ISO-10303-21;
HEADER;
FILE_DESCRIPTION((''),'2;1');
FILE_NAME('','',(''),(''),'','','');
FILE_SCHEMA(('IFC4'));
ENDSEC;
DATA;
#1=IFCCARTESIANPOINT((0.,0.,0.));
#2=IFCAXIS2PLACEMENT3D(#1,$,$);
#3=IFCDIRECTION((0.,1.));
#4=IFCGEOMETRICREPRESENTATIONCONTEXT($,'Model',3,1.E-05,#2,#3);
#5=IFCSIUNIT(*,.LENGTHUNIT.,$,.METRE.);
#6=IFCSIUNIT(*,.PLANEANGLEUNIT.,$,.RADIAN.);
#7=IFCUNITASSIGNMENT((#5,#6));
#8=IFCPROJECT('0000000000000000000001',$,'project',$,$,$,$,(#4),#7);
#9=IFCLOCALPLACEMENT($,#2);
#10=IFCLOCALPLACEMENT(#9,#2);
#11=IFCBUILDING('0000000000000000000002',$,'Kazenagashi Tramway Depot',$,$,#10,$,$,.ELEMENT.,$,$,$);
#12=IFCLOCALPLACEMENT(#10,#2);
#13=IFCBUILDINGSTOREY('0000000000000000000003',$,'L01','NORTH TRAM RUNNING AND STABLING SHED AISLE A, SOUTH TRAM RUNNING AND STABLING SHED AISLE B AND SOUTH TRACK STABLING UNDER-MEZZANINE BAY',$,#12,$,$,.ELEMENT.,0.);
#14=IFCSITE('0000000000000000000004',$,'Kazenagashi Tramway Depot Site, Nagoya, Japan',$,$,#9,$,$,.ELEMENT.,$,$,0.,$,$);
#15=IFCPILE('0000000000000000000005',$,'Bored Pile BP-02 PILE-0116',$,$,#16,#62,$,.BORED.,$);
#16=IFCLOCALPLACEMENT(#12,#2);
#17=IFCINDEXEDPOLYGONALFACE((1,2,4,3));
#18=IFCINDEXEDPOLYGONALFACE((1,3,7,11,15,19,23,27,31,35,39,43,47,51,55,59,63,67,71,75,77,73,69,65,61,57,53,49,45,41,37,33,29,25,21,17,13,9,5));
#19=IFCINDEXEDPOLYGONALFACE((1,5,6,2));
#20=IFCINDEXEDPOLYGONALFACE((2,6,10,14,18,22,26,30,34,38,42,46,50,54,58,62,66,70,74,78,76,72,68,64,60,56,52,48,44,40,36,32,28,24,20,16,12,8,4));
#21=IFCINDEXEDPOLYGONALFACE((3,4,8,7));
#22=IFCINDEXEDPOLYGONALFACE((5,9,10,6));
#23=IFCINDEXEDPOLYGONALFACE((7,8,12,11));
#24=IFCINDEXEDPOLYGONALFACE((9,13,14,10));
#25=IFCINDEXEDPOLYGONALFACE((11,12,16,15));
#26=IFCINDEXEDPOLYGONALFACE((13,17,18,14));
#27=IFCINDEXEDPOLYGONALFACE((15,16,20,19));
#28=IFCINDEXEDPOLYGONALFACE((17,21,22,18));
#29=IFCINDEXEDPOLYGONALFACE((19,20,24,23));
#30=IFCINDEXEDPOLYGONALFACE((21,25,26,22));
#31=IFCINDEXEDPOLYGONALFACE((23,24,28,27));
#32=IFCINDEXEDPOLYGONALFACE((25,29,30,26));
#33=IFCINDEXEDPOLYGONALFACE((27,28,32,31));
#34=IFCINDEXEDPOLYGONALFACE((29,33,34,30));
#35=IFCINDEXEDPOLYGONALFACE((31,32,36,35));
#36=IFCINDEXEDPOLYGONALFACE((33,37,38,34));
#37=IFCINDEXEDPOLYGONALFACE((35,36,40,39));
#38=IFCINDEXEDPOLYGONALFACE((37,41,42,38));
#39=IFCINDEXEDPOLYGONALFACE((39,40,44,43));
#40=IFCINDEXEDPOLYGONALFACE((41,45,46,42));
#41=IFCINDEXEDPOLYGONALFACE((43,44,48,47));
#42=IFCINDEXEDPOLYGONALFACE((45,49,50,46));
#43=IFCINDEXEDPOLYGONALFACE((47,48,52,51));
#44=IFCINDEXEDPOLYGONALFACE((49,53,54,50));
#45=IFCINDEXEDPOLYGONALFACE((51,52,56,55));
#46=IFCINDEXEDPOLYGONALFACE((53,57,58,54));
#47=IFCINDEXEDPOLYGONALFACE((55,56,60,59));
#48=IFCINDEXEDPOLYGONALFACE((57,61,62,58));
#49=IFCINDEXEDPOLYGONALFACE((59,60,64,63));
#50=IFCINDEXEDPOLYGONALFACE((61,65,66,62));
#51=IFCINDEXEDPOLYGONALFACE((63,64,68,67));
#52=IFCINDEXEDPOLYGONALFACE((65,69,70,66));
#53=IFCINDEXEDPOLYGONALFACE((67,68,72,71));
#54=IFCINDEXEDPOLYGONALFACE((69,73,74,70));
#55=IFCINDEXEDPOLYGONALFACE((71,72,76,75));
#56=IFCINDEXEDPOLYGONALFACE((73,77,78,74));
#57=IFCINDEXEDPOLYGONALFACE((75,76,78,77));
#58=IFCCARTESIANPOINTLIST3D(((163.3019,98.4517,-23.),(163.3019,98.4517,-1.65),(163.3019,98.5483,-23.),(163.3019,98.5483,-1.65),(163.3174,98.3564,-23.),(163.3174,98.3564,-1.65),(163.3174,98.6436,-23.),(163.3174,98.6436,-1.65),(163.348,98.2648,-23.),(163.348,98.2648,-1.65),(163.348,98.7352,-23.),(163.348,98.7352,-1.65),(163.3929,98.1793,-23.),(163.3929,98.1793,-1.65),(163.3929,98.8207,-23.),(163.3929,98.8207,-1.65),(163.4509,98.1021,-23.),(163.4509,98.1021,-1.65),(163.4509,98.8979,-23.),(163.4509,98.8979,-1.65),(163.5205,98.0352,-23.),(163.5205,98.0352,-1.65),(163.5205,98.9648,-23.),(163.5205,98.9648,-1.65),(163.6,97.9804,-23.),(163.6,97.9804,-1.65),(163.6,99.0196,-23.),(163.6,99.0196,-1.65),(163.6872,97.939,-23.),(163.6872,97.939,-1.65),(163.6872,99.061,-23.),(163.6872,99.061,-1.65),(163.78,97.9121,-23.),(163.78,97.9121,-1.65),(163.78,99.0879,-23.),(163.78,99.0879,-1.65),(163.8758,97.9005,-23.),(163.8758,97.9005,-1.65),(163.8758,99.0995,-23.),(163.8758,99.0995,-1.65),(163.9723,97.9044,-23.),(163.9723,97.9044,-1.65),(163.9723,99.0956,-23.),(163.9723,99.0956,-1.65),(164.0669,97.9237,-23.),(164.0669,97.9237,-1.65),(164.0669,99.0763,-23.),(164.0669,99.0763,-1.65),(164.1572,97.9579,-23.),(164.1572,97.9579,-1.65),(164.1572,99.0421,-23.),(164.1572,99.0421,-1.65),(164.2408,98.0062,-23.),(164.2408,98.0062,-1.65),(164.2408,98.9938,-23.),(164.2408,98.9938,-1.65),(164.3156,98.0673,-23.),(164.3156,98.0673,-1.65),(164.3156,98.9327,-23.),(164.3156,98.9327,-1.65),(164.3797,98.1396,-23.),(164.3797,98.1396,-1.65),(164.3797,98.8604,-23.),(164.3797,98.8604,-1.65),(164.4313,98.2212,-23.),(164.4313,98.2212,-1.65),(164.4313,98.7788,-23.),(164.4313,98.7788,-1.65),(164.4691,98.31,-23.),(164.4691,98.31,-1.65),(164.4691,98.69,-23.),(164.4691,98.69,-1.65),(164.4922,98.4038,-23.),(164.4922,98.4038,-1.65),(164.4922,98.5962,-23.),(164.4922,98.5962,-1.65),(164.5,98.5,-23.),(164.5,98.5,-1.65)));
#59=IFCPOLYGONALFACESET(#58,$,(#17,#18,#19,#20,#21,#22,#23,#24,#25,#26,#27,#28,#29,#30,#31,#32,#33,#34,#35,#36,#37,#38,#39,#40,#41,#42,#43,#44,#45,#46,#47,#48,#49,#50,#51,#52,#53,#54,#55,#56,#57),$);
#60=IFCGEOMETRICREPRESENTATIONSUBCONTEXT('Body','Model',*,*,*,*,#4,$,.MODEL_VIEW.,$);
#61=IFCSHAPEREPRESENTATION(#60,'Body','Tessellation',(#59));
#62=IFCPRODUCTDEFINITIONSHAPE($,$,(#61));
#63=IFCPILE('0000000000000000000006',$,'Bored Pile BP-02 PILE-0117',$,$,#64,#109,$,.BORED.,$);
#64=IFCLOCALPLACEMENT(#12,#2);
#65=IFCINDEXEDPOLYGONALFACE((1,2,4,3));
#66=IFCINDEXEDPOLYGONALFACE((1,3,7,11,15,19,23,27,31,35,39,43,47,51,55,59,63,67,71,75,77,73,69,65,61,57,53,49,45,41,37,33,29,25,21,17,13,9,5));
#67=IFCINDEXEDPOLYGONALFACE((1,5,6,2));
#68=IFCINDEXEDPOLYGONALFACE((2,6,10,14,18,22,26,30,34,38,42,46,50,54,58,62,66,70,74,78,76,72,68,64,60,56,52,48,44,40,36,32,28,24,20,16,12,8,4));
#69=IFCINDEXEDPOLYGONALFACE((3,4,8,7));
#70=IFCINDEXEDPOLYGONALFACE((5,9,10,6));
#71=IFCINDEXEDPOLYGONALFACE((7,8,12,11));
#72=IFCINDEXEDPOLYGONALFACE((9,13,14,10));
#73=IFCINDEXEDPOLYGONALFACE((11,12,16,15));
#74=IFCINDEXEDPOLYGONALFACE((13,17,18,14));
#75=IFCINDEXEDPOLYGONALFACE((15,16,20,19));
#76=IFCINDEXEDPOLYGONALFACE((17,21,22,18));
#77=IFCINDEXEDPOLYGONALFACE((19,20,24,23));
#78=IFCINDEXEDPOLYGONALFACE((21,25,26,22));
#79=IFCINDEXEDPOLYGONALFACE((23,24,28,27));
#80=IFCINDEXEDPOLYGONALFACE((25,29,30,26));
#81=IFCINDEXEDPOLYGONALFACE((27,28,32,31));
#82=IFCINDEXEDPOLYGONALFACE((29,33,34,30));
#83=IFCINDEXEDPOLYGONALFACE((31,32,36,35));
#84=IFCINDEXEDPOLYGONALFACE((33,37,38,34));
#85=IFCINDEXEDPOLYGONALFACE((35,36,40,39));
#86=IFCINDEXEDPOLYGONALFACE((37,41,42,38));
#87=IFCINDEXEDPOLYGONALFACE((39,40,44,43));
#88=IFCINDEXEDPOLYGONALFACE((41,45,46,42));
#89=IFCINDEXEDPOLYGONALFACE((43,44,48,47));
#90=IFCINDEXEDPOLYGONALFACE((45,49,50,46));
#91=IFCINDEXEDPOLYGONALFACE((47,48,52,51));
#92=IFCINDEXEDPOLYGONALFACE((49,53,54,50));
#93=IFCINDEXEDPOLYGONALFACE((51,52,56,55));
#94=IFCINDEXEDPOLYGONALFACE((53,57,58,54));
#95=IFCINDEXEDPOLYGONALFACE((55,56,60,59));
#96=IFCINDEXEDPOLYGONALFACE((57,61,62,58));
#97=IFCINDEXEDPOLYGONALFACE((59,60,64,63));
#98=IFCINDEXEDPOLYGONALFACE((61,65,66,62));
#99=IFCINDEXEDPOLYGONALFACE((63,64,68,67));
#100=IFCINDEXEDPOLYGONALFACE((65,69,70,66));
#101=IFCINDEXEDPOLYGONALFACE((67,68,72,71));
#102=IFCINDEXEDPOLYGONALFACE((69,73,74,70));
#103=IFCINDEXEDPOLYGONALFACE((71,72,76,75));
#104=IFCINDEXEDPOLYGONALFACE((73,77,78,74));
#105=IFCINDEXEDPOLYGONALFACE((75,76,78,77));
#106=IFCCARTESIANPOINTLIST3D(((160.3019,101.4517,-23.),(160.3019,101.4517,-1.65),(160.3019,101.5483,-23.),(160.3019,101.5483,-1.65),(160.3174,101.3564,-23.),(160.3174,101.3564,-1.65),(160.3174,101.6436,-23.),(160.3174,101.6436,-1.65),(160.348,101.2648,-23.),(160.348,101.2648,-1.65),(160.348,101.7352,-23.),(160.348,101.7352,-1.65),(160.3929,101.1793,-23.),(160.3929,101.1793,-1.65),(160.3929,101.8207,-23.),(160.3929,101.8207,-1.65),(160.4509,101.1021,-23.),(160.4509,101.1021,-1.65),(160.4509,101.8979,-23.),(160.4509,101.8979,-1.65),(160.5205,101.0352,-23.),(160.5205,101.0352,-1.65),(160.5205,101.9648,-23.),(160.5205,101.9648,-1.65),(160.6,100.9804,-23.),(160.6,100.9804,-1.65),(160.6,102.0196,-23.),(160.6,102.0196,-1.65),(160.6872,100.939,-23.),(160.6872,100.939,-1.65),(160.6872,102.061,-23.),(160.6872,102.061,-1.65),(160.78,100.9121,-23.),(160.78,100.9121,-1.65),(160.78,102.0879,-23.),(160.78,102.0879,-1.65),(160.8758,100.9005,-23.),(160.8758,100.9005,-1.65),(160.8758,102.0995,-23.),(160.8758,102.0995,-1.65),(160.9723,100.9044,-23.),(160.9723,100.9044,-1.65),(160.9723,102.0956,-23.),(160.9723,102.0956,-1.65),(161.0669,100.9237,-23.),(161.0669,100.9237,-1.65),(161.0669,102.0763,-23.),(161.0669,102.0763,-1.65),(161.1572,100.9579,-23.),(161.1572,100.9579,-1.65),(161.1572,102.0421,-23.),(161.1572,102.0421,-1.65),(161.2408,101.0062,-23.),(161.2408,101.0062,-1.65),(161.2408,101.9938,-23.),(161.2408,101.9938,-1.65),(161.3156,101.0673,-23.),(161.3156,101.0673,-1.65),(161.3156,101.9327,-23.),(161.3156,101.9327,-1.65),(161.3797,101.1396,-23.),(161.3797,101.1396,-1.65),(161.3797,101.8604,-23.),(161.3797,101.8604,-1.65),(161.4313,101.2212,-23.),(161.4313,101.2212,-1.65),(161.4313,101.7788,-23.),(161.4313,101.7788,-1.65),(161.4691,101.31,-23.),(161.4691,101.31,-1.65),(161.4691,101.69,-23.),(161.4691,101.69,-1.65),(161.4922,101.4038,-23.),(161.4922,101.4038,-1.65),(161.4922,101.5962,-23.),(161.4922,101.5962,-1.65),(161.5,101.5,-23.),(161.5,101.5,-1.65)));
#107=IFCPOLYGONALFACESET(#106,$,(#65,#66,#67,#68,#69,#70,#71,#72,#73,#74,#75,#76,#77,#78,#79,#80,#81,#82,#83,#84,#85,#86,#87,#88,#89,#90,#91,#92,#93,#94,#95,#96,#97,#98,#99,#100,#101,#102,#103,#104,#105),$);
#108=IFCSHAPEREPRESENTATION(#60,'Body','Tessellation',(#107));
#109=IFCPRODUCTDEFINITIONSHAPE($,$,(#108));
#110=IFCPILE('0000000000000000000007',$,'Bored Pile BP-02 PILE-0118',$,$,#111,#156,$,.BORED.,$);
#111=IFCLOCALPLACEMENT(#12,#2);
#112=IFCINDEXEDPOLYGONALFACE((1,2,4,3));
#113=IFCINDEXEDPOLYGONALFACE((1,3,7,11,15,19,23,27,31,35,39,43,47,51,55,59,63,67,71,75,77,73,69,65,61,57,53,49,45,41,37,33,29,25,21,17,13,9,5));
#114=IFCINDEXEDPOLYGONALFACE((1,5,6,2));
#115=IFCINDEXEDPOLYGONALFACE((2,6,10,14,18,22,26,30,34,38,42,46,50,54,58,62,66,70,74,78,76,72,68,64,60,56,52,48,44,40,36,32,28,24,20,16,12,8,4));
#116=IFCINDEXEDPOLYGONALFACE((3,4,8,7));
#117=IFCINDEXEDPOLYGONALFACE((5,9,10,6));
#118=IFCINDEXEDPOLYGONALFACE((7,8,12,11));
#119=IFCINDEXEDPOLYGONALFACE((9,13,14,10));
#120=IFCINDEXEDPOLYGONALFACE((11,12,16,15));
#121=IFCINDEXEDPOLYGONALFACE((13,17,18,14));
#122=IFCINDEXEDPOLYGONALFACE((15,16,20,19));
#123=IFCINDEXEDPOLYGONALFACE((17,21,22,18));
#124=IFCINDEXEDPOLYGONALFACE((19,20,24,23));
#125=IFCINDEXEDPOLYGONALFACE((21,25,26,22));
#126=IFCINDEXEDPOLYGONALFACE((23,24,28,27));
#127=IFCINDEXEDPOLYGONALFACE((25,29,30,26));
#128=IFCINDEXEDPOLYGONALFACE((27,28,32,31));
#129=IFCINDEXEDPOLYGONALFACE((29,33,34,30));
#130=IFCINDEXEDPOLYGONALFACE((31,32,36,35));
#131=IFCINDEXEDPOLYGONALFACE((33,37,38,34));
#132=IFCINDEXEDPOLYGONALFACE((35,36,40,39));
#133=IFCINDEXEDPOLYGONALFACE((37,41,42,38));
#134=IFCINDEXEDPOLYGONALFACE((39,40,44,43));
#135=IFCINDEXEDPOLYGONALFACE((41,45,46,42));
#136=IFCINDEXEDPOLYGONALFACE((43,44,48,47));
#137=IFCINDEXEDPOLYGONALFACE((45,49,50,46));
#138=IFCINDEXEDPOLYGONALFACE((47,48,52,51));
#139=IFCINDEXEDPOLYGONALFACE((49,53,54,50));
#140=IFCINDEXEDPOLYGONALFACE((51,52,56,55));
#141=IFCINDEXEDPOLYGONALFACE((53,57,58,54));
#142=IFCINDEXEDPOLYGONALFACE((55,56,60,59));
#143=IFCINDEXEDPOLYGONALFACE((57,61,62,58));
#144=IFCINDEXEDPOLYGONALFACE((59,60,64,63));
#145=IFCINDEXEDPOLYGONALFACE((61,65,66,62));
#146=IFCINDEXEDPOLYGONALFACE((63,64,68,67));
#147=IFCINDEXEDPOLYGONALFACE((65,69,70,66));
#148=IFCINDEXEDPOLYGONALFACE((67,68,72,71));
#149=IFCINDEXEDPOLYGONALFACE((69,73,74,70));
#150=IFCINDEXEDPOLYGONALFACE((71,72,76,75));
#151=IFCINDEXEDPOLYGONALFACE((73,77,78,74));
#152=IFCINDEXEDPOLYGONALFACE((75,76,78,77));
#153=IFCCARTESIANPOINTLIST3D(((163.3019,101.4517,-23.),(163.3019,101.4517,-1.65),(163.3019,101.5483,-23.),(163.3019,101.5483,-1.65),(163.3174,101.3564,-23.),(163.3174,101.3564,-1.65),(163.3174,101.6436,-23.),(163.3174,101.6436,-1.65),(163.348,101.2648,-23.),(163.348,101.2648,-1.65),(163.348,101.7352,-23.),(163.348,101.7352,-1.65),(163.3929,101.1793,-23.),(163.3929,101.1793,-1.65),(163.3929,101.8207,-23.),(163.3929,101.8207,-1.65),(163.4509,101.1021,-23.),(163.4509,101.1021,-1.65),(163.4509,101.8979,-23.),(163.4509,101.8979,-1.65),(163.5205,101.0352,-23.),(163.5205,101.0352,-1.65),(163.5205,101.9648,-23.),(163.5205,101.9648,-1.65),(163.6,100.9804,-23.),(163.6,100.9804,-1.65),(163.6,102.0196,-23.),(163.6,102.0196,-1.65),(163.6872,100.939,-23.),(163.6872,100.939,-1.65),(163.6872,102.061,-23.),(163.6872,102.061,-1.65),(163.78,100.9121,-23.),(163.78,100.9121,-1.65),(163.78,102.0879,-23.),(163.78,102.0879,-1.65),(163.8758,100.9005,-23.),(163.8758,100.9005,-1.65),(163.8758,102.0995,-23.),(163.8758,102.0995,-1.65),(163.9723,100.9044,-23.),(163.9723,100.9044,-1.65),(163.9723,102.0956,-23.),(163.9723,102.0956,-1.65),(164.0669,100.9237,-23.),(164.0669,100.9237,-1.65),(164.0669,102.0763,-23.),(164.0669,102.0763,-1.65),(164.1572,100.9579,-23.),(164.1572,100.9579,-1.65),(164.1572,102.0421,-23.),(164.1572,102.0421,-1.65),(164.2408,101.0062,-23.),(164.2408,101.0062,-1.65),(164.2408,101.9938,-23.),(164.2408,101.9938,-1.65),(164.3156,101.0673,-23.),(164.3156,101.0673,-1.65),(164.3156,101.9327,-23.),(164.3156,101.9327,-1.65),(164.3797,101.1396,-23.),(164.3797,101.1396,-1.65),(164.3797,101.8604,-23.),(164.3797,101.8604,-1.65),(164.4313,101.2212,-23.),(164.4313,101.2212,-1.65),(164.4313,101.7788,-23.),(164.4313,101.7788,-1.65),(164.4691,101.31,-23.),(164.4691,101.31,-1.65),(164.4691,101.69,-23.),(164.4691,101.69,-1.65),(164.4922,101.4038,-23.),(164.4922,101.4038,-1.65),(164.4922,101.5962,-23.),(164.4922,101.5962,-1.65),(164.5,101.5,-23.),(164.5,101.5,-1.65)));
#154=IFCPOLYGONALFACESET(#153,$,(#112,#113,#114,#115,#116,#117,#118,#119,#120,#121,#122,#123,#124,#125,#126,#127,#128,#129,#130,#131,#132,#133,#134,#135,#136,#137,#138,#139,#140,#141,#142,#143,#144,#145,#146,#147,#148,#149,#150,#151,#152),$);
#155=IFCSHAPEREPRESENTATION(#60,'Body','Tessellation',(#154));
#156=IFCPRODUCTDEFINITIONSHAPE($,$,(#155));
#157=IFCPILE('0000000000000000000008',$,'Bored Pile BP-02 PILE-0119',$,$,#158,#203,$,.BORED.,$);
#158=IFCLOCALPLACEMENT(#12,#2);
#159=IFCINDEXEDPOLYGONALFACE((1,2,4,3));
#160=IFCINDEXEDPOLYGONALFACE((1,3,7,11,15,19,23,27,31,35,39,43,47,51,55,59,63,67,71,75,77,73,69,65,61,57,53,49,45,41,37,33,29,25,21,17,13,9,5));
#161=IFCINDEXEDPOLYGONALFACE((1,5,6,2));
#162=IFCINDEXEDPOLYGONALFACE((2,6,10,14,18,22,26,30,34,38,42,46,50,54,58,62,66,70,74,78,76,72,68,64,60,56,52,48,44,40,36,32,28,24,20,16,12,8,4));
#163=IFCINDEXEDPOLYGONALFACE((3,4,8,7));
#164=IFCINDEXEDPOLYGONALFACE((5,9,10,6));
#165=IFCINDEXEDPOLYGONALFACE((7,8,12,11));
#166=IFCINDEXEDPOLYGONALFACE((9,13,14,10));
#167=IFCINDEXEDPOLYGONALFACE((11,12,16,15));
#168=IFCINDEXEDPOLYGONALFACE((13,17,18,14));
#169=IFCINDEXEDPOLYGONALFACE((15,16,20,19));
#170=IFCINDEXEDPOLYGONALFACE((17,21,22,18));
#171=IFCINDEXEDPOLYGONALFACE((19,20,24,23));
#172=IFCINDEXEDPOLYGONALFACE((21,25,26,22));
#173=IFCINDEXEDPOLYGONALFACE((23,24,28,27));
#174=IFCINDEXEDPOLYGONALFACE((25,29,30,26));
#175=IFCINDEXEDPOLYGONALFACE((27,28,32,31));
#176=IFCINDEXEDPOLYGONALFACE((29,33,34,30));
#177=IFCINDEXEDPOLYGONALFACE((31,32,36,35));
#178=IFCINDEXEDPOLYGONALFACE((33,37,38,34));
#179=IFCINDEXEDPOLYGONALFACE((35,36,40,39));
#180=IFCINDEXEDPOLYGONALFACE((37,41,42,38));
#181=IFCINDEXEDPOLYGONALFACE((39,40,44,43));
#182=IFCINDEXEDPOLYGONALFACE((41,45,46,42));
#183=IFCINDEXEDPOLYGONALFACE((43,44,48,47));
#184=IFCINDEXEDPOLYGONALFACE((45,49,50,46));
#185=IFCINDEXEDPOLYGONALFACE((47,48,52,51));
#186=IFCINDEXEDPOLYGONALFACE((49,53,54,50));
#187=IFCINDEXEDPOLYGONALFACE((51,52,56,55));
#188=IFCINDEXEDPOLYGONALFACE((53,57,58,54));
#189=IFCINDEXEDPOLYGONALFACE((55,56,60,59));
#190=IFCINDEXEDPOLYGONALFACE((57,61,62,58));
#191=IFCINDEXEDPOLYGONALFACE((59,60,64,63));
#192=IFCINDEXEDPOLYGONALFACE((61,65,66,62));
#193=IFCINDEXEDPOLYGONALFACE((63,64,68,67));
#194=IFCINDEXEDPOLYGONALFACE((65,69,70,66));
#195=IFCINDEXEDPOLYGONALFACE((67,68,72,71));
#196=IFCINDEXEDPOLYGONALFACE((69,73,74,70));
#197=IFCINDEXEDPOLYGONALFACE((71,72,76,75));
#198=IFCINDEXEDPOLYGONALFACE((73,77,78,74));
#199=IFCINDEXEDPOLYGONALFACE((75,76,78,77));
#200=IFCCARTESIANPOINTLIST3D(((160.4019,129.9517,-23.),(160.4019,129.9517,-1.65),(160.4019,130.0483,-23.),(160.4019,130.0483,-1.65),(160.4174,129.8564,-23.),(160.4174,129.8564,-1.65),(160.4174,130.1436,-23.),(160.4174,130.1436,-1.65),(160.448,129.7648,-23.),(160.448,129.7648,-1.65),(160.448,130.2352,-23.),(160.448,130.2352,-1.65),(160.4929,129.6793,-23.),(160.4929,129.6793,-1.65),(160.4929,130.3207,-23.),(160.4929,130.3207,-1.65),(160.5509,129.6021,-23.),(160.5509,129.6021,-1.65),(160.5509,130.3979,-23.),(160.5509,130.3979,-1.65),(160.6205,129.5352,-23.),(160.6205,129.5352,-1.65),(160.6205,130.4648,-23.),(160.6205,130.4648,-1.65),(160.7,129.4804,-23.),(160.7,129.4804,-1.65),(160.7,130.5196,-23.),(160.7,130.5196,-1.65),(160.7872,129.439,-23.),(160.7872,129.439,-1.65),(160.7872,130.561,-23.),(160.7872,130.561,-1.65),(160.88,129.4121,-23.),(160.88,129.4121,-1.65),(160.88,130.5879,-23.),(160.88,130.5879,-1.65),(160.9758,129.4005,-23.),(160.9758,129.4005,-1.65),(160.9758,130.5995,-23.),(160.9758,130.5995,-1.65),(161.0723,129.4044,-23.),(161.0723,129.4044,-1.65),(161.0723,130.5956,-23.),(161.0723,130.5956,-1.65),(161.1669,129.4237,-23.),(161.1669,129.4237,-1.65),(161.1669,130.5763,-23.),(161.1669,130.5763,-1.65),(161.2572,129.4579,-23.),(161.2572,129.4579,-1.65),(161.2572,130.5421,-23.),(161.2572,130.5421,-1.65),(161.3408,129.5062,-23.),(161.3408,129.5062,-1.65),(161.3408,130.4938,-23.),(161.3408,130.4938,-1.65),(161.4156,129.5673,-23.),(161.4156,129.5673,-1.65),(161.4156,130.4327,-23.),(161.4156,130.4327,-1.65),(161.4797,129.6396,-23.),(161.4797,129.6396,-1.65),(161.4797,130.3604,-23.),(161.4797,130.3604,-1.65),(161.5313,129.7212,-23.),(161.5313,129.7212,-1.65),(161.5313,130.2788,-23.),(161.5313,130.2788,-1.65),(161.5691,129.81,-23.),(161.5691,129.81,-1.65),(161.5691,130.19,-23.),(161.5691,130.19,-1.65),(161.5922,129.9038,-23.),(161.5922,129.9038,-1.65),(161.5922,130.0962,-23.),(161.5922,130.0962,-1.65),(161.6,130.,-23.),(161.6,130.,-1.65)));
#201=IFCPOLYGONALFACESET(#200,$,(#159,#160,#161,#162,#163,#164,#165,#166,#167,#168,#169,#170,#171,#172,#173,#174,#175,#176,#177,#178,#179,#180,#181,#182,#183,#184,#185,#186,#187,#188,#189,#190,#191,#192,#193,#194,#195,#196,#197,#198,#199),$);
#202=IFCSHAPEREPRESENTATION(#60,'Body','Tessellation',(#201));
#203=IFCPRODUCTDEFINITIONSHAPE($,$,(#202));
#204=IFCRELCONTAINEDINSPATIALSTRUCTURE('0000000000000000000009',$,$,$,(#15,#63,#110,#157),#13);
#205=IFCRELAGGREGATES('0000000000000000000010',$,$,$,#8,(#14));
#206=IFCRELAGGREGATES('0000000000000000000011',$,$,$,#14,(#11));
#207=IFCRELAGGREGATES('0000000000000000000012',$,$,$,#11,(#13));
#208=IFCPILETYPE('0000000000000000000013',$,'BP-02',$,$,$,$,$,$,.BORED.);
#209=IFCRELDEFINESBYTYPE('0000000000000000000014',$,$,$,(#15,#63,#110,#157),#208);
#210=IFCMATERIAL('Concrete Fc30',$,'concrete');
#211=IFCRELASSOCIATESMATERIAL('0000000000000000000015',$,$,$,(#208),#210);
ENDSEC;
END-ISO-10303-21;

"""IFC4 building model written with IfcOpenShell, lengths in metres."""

from ifc_helpers import new_model, si_unit, direction, frame, origin, origin_2d, place, context, subcontext, project, spatial, circle, extrude, material, material_profile, profile_set, type_object, element, save


model = new_model("IFC4")

# Units and contexts
model_context = context("Model", 3, precision=1e-05, world=origin(), true_north=direction((0.0, 1.0)))
body_context = subcontext(model_context, "Body", "Model", "MODEL_VIEW")
ifc_project = project(units=[si_unit("LENGTHUNIT", "METRE"), si_unit("PLANEANGLEUNIT", "RADIAN")], contexts=[model_context])

# Site, building, storey
site_placement = place(None, origin())
site = spatial("IfcSite", under=ifc_project, at=site_placement, Name="Kazenagashi Tramway Depot Site, Nagoya, Japan", CompositionType="ELEMENT", RefElevation=0.0)
building_placement = place(site_placement, origin())
building = spatial("IfcBuilding", under=site, at=building_placement, Name="Kazenagashi Tramway Depot", CompositionType="ELEMENT")
storey_placement = place(building_placement, origin())
storey = spatial("IfcBuildingStorey", under=building, at=storey_placement, Name="L01", Description="NORTH TRAM RUNNING AND STABLING SHED AISLE A, SOUTH TRAM RUNNING AND STABLING SHED AISLE B AND SOUTH TRACK STABLING UNDER-MEZZANINE BAY", CompositionType="ELEMENT", Elevation=0.0)

# Piles
ifc_material_1 = material(Name="Concrete Fc30", Category="concrete")
ifc_material_profile_1 = material_profile(ifc_material_1, circle(Radius=0.6, at=origin_2d()), Name="PILE-1200")
ifc_profile_set_1 = profile_set([ifc_material_profile_1], Name="Concrete Fc30")
pile_type = type_object("IfcPileType", Name="BP-02", PredefinedType="BORED", material=ifc_profile_set_1)
for number, where, z_axis, x_axis, name in (
    (1, (163.9, 98.5, -1.65), (0.0, 0.0, -1.0), (1.0, 0.0, 0.0), "Bored Pile BP-02 PILE-0116"),
    (2, (160.9, 101.5, -1.65), (0.0, 0.0, -1.0), (1.0, 0.0, 0.0), "Bored Pile BP-02 PILE-0117"),
    (3, (163.9, 101.5, -1.65), (0.0, 0.0, -1.0), (1.0, 0.0, 0.0), "Bored Pile BP-02 PILE-0118"),
    (4, (161.0, 130.0, -1.65), (0.0, 0.0, -1.0), (1.0, 0.0, 0.0), "Bored Pile BP-02 PILE-0119"),
):
    element("IfcPile", number, at=place(storey_placement, frame(where, z_axis=z_axis, x_axis=x_axis)), inside=storey, type_object=pile_type, Name=name, PredefinedType="BORED", context=body_context, shape_type="SweptSolid", body=[
        extrude(circle(Radius=0.6, at=origin_2d()), origin(), (0.0, 0.0, 1.0), 21.35),
    ])

save(model, "model.ifc")
